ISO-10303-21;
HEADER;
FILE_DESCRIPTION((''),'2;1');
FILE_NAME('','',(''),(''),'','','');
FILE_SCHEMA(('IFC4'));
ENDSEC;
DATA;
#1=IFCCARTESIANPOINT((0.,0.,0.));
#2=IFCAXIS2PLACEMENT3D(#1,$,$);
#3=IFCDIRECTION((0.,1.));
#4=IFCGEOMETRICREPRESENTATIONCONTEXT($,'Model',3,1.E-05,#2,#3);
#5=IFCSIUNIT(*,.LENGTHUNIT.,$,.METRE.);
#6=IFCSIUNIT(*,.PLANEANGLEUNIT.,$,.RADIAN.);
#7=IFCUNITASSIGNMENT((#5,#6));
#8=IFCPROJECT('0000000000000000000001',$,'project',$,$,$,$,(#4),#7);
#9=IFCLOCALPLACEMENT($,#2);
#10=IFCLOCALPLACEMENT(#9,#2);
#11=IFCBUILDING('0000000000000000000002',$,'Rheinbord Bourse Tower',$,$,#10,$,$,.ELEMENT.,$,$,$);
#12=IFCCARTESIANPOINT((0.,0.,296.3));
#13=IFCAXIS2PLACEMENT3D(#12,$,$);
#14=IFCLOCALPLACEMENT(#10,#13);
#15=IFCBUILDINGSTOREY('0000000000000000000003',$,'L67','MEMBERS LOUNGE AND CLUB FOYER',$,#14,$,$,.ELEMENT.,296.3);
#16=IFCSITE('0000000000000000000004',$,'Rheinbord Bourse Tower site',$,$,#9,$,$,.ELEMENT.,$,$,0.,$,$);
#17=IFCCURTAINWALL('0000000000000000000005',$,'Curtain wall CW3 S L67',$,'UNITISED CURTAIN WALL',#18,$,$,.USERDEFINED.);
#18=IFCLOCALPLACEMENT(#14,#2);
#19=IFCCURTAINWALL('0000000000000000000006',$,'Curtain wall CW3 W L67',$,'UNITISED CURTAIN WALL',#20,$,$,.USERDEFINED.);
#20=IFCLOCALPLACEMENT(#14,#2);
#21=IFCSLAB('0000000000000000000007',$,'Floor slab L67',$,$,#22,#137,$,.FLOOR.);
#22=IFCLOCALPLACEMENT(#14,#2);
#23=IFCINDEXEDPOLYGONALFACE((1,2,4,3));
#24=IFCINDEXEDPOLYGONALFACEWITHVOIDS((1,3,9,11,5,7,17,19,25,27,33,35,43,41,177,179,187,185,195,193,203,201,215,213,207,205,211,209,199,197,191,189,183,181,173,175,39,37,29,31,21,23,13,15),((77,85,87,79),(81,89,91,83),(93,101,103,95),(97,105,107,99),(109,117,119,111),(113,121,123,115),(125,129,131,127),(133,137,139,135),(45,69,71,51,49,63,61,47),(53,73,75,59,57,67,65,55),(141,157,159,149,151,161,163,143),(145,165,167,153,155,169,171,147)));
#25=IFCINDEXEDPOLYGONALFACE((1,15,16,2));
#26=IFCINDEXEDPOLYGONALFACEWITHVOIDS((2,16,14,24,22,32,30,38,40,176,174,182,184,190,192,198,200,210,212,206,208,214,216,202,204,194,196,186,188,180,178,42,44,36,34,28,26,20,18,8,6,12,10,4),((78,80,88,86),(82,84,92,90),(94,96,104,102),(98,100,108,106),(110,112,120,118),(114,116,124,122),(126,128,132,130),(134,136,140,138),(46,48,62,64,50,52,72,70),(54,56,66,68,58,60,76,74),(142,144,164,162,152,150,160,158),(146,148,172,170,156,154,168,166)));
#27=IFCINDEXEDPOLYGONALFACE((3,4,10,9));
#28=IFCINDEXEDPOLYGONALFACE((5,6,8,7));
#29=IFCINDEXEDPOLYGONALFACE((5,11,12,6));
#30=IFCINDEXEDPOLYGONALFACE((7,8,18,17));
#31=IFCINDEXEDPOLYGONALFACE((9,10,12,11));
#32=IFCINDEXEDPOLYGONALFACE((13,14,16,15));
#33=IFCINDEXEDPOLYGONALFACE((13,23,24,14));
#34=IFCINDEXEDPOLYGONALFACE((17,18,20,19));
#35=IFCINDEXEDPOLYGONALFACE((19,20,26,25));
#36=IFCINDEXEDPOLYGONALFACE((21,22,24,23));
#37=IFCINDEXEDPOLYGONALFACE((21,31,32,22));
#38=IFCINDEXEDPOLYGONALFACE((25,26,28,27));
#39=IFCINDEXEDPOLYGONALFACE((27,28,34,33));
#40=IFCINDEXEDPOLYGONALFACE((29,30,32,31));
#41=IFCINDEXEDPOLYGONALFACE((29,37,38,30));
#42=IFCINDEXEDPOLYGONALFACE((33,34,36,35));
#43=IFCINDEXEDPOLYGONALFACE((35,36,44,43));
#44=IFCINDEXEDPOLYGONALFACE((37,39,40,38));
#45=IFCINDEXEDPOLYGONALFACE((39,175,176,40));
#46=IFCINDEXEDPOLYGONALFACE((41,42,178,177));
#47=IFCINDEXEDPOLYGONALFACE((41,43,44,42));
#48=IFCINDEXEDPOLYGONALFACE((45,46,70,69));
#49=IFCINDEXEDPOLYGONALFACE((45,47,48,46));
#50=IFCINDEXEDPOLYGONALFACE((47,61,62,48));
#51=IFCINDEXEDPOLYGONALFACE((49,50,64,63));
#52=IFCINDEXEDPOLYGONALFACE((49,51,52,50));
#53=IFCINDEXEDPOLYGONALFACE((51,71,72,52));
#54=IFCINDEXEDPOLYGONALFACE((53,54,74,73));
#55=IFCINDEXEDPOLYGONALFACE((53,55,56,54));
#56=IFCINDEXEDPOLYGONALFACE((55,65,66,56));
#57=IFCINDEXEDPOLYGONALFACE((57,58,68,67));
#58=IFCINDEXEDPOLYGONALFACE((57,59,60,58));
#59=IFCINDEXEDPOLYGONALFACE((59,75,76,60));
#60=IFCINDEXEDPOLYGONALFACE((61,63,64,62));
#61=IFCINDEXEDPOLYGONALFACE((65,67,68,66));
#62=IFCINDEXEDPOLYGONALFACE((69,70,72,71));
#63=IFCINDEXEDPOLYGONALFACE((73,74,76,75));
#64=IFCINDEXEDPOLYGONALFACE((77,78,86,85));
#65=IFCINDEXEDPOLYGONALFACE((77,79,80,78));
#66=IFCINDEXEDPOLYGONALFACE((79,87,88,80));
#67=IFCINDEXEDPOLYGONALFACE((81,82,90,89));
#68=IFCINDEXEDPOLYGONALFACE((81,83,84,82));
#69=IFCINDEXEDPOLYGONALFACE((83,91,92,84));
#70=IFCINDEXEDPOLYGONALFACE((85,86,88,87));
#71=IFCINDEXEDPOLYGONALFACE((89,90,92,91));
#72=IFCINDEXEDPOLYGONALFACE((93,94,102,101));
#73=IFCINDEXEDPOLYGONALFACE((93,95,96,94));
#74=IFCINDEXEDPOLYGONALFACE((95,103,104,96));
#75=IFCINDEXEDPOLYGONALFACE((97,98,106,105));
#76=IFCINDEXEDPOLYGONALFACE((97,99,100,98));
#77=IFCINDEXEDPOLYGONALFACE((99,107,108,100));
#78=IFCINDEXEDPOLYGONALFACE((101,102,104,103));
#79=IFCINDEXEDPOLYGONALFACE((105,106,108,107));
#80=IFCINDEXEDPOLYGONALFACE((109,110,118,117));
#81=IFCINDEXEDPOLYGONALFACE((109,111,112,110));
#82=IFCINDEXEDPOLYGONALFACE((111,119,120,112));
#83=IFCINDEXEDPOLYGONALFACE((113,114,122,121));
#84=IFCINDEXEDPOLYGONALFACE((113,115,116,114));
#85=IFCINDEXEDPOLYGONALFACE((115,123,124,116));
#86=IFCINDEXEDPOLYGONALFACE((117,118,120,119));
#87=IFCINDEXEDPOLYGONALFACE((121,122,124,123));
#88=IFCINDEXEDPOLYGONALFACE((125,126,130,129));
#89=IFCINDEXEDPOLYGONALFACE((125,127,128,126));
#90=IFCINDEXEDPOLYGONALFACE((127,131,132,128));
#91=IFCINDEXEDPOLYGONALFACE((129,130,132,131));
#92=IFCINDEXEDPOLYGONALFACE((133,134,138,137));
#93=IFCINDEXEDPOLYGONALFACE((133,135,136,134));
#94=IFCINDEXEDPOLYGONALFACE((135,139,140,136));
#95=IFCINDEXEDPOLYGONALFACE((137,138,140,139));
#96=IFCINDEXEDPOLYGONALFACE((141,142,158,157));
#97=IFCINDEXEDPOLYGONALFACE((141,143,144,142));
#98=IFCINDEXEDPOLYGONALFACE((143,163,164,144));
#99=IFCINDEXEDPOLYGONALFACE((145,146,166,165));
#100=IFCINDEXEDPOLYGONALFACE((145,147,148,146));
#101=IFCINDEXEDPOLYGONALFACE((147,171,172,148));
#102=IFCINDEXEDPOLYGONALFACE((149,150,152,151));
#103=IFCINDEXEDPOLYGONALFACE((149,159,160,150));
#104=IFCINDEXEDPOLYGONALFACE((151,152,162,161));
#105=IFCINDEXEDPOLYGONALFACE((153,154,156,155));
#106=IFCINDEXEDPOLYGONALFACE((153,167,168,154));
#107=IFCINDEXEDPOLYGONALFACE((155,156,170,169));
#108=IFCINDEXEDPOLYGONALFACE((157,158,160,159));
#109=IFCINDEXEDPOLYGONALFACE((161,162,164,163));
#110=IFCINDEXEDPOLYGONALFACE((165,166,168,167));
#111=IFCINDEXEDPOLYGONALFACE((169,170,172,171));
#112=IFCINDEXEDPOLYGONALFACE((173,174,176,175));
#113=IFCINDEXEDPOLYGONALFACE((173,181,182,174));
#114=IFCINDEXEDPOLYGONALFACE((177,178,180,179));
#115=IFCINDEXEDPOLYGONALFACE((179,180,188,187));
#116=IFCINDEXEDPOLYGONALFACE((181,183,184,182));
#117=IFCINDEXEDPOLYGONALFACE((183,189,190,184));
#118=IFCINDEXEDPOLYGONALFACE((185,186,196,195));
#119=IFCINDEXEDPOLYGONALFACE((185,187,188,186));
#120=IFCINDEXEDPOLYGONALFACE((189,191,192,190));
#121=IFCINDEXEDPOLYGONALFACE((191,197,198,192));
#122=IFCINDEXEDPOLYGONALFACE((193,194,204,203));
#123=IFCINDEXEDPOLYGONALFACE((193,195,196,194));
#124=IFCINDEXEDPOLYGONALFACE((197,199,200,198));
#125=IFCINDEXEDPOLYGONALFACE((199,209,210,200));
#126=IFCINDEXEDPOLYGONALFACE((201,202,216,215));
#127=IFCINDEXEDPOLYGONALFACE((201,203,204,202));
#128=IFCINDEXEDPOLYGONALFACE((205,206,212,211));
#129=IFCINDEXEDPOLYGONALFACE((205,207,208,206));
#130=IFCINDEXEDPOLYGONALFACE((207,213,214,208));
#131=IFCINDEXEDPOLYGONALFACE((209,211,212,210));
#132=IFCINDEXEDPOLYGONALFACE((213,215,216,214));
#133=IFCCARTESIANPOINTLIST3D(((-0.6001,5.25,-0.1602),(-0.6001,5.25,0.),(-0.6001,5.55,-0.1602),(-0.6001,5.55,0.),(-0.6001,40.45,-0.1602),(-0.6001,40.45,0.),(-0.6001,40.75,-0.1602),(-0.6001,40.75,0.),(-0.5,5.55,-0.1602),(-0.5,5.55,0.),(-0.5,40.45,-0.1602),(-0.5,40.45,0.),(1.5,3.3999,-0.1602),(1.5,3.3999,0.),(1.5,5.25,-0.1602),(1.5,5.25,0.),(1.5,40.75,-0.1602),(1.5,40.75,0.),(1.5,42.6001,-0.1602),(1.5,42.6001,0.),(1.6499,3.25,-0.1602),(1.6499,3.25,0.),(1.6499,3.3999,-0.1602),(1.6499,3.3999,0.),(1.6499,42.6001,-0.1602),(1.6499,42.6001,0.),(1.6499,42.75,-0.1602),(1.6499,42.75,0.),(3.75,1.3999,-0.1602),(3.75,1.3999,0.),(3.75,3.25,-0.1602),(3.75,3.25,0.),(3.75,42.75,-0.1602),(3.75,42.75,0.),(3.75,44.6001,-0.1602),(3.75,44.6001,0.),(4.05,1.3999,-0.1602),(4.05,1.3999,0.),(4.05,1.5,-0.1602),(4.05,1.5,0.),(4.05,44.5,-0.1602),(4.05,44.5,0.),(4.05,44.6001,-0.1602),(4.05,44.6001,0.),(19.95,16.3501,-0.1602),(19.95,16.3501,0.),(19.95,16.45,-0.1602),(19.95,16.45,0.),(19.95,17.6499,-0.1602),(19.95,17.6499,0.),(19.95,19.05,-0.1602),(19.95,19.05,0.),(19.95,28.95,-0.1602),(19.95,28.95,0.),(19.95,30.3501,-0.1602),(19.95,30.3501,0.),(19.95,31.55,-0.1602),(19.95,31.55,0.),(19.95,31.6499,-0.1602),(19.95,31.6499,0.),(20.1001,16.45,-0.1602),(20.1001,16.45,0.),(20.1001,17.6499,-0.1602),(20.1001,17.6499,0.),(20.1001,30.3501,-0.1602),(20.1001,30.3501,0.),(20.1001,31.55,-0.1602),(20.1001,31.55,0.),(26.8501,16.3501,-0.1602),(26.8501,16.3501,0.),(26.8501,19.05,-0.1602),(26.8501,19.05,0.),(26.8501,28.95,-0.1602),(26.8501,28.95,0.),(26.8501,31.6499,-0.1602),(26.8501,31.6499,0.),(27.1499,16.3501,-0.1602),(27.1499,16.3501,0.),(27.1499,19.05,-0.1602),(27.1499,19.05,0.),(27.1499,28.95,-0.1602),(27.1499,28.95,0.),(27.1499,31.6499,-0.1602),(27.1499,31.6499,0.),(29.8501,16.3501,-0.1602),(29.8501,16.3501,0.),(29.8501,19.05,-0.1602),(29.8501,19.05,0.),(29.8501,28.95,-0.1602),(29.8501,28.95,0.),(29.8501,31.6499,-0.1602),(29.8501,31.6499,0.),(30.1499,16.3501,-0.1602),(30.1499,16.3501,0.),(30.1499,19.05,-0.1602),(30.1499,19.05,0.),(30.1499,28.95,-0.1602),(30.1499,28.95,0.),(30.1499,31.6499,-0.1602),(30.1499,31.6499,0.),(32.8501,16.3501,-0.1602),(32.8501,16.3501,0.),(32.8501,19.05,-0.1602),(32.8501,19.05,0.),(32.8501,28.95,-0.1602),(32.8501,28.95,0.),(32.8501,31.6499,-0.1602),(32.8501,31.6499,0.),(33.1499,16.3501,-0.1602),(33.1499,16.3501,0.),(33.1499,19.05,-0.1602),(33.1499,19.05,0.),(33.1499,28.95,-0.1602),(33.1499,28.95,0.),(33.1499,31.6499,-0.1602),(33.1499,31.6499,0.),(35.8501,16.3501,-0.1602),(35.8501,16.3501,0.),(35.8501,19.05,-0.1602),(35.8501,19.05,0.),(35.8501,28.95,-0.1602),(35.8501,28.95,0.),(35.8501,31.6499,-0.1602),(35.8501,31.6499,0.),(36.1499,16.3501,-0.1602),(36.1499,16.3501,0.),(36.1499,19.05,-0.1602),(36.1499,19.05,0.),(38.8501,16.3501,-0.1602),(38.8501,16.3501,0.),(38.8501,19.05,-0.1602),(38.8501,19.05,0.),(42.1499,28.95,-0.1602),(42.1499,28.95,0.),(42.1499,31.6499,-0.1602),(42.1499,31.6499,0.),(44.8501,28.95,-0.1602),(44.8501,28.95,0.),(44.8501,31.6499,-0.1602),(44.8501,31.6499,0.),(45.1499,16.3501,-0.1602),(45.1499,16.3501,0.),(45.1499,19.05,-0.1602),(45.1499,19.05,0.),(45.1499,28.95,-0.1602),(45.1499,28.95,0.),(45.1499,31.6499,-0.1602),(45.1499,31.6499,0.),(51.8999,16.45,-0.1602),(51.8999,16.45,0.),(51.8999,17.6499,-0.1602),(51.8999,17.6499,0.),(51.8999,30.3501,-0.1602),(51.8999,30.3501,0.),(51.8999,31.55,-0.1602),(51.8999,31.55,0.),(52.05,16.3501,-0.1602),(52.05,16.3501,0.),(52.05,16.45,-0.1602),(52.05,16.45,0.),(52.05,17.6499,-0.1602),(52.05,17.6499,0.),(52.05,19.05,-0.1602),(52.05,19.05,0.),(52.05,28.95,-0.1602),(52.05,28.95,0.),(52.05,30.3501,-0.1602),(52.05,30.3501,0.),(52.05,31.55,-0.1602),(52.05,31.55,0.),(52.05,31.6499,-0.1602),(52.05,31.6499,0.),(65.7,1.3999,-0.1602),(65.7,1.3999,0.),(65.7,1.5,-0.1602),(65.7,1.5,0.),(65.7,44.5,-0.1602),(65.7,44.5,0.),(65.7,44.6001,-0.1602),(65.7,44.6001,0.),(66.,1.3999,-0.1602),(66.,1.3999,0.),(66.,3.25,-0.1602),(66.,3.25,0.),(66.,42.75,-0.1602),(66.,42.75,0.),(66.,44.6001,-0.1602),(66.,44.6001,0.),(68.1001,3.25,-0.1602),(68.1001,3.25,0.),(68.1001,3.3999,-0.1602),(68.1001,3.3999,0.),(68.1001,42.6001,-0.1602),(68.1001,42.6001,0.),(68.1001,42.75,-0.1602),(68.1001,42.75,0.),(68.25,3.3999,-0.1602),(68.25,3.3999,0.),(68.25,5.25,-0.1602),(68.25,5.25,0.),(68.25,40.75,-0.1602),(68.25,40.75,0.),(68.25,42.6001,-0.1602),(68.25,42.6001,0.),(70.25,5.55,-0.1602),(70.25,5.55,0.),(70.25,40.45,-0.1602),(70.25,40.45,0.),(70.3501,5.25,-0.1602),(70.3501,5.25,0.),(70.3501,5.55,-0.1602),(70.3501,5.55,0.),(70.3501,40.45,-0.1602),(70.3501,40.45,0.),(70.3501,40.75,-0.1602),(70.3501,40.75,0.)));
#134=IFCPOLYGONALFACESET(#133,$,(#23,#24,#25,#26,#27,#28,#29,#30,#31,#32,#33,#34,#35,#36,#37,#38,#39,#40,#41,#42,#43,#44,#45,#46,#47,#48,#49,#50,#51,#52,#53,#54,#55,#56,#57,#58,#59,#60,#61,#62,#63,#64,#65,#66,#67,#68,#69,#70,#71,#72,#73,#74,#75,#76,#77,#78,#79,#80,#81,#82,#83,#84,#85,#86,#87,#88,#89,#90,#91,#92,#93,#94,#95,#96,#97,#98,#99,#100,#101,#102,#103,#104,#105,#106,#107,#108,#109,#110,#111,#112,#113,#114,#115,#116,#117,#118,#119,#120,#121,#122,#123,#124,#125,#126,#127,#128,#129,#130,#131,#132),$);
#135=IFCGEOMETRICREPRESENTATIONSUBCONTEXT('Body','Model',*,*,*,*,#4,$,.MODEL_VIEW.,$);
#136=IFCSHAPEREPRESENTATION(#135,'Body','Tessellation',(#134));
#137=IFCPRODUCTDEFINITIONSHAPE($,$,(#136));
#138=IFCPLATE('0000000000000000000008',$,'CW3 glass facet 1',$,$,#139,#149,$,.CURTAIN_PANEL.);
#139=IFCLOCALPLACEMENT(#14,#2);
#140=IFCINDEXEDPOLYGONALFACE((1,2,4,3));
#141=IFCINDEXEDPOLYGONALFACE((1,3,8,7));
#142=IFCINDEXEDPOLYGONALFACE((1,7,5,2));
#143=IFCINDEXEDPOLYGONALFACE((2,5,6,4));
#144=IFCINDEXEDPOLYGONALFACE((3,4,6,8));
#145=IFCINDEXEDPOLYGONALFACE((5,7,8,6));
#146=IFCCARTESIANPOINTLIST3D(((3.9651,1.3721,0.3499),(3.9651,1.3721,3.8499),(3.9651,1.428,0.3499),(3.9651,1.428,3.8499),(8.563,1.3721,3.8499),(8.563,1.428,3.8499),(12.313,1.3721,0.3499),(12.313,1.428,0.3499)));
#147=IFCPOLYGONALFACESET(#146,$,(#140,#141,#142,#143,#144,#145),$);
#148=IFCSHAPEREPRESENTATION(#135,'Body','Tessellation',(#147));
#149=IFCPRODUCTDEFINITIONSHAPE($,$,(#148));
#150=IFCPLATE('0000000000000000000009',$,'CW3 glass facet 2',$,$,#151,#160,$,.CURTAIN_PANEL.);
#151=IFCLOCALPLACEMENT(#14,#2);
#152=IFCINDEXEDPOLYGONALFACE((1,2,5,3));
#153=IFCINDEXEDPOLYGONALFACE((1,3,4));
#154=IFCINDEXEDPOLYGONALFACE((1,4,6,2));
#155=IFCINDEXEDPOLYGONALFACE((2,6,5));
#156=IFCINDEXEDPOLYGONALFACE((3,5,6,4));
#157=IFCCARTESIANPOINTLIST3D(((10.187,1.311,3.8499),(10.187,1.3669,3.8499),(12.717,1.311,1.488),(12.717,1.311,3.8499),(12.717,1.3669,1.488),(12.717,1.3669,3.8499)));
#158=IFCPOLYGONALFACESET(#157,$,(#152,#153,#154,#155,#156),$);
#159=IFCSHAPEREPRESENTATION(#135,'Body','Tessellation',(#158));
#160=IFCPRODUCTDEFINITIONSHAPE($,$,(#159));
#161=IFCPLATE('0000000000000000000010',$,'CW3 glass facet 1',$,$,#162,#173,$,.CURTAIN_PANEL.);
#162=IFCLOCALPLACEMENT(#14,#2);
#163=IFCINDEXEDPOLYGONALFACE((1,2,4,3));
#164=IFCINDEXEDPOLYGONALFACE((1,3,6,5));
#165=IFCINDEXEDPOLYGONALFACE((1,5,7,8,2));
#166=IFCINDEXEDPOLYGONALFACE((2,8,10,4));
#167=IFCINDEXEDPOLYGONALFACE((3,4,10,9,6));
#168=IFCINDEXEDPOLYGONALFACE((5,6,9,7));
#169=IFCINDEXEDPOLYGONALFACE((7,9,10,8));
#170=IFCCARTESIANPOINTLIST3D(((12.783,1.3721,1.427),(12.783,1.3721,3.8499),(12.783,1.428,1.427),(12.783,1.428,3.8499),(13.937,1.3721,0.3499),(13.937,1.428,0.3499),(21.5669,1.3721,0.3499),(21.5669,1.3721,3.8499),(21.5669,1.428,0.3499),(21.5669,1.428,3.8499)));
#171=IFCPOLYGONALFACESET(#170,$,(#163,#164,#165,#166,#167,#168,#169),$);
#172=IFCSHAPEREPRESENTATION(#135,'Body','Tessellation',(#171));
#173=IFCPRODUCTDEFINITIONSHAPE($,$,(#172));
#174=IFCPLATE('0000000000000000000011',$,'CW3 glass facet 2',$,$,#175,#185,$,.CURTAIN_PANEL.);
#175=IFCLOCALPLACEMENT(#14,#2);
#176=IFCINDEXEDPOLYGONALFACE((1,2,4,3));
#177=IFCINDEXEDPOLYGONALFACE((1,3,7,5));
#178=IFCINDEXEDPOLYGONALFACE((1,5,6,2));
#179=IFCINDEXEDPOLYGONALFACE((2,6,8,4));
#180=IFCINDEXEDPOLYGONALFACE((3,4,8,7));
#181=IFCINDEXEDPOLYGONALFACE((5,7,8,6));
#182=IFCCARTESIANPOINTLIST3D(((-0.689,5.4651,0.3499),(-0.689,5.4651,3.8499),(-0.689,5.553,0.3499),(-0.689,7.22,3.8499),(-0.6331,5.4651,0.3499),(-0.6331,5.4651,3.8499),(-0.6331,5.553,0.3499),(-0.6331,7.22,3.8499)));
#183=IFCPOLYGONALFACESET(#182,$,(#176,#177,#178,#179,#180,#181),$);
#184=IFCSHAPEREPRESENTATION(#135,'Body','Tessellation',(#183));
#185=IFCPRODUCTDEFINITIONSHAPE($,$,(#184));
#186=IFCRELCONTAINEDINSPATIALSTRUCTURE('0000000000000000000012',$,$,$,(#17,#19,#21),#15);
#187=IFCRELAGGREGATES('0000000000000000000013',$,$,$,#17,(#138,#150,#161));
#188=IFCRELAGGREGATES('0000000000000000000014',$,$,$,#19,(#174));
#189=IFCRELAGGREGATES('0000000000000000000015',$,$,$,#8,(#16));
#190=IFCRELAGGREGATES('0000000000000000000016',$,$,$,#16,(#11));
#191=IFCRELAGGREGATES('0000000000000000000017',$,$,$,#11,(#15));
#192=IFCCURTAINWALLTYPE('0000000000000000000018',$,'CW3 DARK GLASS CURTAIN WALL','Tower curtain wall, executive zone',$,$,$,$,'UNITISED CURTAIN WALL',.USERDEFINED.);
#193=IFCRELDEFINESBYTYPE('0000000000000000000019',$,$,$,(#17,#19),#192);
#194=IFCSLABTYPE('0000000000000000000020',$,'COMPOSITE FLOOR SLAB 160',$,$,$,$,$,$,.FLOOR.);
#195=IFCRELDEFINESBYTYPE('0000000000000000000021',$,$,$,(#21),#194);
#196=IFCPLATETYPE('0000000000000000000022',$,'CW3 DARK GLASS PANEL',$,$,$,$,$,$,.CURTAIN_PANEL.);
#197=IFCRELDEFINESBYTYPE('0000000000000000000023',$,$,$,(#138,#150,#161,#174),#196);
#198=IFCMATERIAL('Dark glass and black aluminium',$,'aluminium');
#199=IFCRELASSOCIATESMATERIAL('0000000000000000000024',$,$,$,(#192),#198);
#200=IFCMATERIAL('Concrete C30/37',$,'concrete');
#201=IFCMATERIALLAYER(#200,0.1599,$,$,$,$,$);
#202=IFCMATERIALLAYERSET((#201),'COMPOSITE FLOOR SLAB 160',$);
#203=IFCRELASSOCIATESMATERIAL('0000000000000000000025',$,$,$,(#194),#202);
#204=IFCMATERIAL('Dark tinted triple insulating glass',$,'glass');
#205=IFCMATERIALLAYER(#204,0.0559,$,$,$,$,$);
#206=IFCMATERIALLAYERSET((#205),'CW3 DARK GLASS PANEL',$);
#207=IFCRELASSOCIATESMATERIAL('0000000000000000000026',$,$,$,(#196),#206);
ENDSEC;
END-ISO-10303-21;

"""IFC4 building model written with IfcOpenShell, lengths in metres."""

from ifc_helpers import new_model, si_unit, direction, frame, origin, place, context, subcontext, project, spatial, polyline, outline, extrude, material, layer, layer_set, type_object, element, aggregate, save


model = new_model("IFC4")

# Units and contexts
model_context = context("Model", 3, precision=1e-05, world=origin(), true_north=direction((0.0, 1.0)))
body_context = subcontext(model_context, "Body", "Model", "MODEL_VIEW")
ifc_project = project(units=[si_unit("LENGTHUNIT", "METRE"), si_unit("PLANEANGLEUNIT", "RADIAN")], contexts=[model_context])

# Site, building, storey
site_placement = place(None, origin())
site = spatial("IfcSite", under=ifc_project, at=site_placement, Name="Rheinbord Bourse Tower site", CompositionType="ELEMENT", RefElevation=0.0)
building_placement = place(site_placement, origin())
building = spatial("IfcBuilding", under=site, at=building_placement, Name="Rheinbord Bourse Tower", CompositionType="ELEMENT")
storey_placement = place(building_placement, frame((0.0, 0.0, 296.3)))
storey = spatial("IfcBuildingStorey", under=building, at=storey_placement, Name="L67", Description="MEMBERS LOUNGE AND CLUB FOYER", CompositionType="ELEMENT", Elevation=296.3)

# Curtain wall
ifc_material_1 = material(Name="Dark glass and black aluminium", Category="aluminium")
curtain_wall_type = type_object("IfcCurtainWallType", Name="CW3 DARK GLASS CURTAIN WALL", Description="Tower curtain wall, executive zone", ElementType="UNITISED CURTAIN WALL", PredefinedType="USERDEFINED", material=ifc_material_1)
curtain_wall_1_placement = place(storey_placement, origin())
curtain_wall_1 = element("IfcCurtainWall", 1, at=curtain_wall_1_placement, inside=storey, type_object=curtain_wall_type, Name="Curtain wall CW3 S L67", ObjectType="UNITISED CURTAIN WALL", PredefinedType="USERDEFINED")

# Curtain wall
curtain_wall_2_placement = place(storey_placement, origin())
curtain_wall_2 = element("IfcCurtainWall", 2, at=curtain_wall_2_placement, inside=storey, type_object=curtain_wall_type, Name="Curtain wall CW3 W L67", ObjectType="UNITISED CURTAIN WALL", PredefinedType="USERDEFINED")

# Slab
ifc_material_2 = material(Name="Concrete C30/37", Category="concrete")
ifc_layer_1 = layer(ifc_material_2, 0.1599)
ifc_layer_set_1 = layer_set([ifc_layer_1], Name="COMPOSITE FLOOR SLAB 160")
slab_type_1 = type_object("IfcSlabType", Name="COMPOSITE FLOOR SLAB 160", PredefinedType="FLOOR", material=ifc_layer_set_1)
slab_1_placement = place(storey_placement, frame((0.0, 0.0, -0.1602)))
element("IfcSlab", 3, at=slab_1_placement, inside=storey, type_object=slab_type_1, Name="Floor slab L67", PredefinedType="FLOOR", context=body_context, shape_type="SweptSolid", body=[
    extrude(outline(polyline([(1.6499, 3.3999), (1.5, 3.3999), (1.5, 5.25), (-0.6001, 5.25), (-0.6001, 5.55), (-0.5, 5.55), (-0.5, 40.45), (-0.6001, 40.45), (-0.6001, 40.75), (1.5, 40.75), (1.5, 42.6001), (1.6499, 42.6001), (1.6499, 42.75), (3.75, 42.75), (3.75, 44.6001), (4.05, 44.6001), (4.05, 44.5), (65.7, 44.5), (65.7, 44.6001), (66.0, 44.6001), (66.0, 42.75), (68.1001, 42.75), (68.1001, 42.6001), (68.25, 42.6001), (68.25, 40.75), (70.3501, 40.75), (70.3501, 40.45), (70.25, 40.45), (70.25, 5.55), (70.3501, 5.55), (70.3501, 5.25), (68.25, 5.25), (68.25, 3.3999), (68.1001, 3.3999), (68.1001, 3.25), (66.0, 3.25), (66.0, 1.3999), (65.7, 1.3999), (65.7, 1.5), (4.05, 1.5), (4.05, 1.3999), (3.75, 1.3999), (3.75, 3.25), (1.6499, 3.25), (1.6499, 3.3999)]), holes=[polyline([(19.95, 19.05), (26.8501, 19.05), (26.8501, 16.3501), (19.95, 16.3501), (19.95, 16.45), (20.1001, 16.45), (20.1001, 17.6499), (19.95, 17.6499), (19.95, 19.05)]), polyline([(19.95, 31.6499), (26.8501, 31.6499), (26.8501, 28.95), (19.95, 28.95), (19.95, 30.3501), (20.1001, 30.3501), (20.1001, 31.55), (19.95, 31.55), (19.95, 31.6499)]), polyline([(52.05, 16.3501), (45.1499, 16.3501), (45.1499, 19.05), (52.05, 19.05), (52.05, 17.6499), (51.8999, 17.6499), (51.8999, 16.45), (52.05, 16.45), (52.05, 16.3501)]), polyline([(52.05, 28.95), (45.1499, 28.95), (45.1499, 31.6499), (52.05, 31.6499), (52.05, 31.55), (51.8999, 31.55), (51.8999, 30.3501), (52.05, 30.3501), (52.05, 28.95)]), polyline([(27.1499, 16.3501), (27.1499, 19.05), (29.8501, 19.05), (29.8501, 16.3501), (27.1499, 16.3501)]), polyline([(27.1499, 28.95), (27.1499, 31.6499), (29.8501, 31.6499), (29.8501, 28.95), (27.1499, 28.95)]), polyline([(30.1499, 16.3501), (30.1499, 19.05), (32.8501, 19.05), (32.8501, 16.3501), (30.1499, 16.3501)]), polyline([(30.1499, 28.95), (30.1499, 31.6499), (32.8501, 31.6499), (32.8501, 28.95), (30.1499, 28.95)]), polyline([(33.1499, 16.3501), (33.1499, 19.05), (35.8501, 19.05), (35.8501, 16.3501), (33.1499, 16.3501)]), polyline([(33.1499, 28.95), (33.1499, 31.6499), (35.8501, 31.6499), (35.8501, 28.95), (33.1499, 28.95)]), polyline([(36.1499, 16.3501), (36.1499, 19.05), (38.8501, 19.05), (38.8501, 16.3501), (36.1499, 16.3501)]), polyline([(42.1499, 28.95), (42.1499, 31.6499), (44.8501, 31.6499), (44.8501, 28.95), (42.1499, 28.95)])]), origin(), (0.0, 0.0, 1.0), 0.1602),
])

# Plates
ifc_material_3 = material(Name="Dark tinted triple insulating glass", Category="glass")
ifc_layer_2 = layer(ifc_material_3, 0.0559)
ifc_layer_set_2 = layer_set([ifc_layer_2], Name="CW3 DARK GLASS PANEL")
plate_type = type_object("IfcPlateType", Name="CW3 DARK GLASS PANEL", PredefinedType="CURTAIN_PANEL", material=ifc_layer_set_2)
plate_1_placement = place(storey_placement, frame((3.9651, 1.3721, 0.3499), z_axis=(0.0, 1.0, 0.0), x_axis=(0.0, 0.0, 1.0)))
plate_1 = element("IfcPlate", 4, at=plate_1_placement, type_object=plate_type, Name="CW3 glass facet 1", PredefinedType="CURTAIN_PANEL", context=body_context, shape_type="SweptSolid", body=[
    extrude(outline(polyline([(0.0, 0.0), (3.5, 0.0), (3.5, 4.5979), (0.0, 8.3479), (0.0, 0.0)])), origin(), (0.0, 0.0, 1.0), 0.0559),
])
plate_2_placement = place(storey_placement, frame((12.717, 1.311, 3.8499), z_axis=(0.0, 1.0, 0.0), x_axis=(0.0, 0.0, -1.0)))
plate_2 = element("IfcPlate", 5, at=plate_2_placement, type_object=plate_type, Name="CW3 glass facet 2", PredefinedType="CURTAIN_PANEL", context=body_context, shape_type="SweptSolid", body=[
    extrude(outline(polyline([(0.0, 0.0), (2.3618, 0.0), (0.0, 2.53), (0.0, 0.0)])), origin(), (0.0, 0.0, 1.0), 0.0559),
])
plate_3_placement = place(storey_placement, frame((12.783, 1.3721, 3.8499), z_axis=(0.0, 1.0, 0.0), x_axis=(1.0, 0.0, 0.0)))
plate_3 = element("IfcPlate", 6, at=plate_3_placement, type_object=plate_type, Name="CW3 glass facet 1", PredefinedType="CURTAIN_PANEL", context=body_context, shape_type="SweptSolid", body=[
    extrude(outline(polyline([(0.0, 0.0), (8.7839, 0.0), (8.7839, 3.5), (1.1541, 3.5), (0.0, 2.4229), (0.0, 0.0)])), origin(), (0.0, 0.0, 1.0), 0.0559),
])
aggregate(curtain_wall_1, [plate_1, plate_2, plate_3])
plate_4_placement = place(storey_placement, frame((-0.689, 5.4651, 3.8499), z_axis=(1.0, 0.0, 0.0), x_axis=(0.0, 0.0, -1.0)))
plate_4 = element("IfcPlate", 7, at=plate_4_placement, type_object=plate_type, Name="CW3 glass facet 2", PredefinedType="CURTAIN_PANEL", context=body_context, shape_type="SweptSolid", body=[
    extrude(outline(polyline([(0.0, 0.0), (3.5, 0.0), (3.5, 0.0879), (0.0, 1.7549), (0.0, 0.0)])), origin(), (0.0, 0.0, 1.0), 0.0559),
])
aggregate(curtain_wall_2, [plate_4])

save(model, "model.ifc")
